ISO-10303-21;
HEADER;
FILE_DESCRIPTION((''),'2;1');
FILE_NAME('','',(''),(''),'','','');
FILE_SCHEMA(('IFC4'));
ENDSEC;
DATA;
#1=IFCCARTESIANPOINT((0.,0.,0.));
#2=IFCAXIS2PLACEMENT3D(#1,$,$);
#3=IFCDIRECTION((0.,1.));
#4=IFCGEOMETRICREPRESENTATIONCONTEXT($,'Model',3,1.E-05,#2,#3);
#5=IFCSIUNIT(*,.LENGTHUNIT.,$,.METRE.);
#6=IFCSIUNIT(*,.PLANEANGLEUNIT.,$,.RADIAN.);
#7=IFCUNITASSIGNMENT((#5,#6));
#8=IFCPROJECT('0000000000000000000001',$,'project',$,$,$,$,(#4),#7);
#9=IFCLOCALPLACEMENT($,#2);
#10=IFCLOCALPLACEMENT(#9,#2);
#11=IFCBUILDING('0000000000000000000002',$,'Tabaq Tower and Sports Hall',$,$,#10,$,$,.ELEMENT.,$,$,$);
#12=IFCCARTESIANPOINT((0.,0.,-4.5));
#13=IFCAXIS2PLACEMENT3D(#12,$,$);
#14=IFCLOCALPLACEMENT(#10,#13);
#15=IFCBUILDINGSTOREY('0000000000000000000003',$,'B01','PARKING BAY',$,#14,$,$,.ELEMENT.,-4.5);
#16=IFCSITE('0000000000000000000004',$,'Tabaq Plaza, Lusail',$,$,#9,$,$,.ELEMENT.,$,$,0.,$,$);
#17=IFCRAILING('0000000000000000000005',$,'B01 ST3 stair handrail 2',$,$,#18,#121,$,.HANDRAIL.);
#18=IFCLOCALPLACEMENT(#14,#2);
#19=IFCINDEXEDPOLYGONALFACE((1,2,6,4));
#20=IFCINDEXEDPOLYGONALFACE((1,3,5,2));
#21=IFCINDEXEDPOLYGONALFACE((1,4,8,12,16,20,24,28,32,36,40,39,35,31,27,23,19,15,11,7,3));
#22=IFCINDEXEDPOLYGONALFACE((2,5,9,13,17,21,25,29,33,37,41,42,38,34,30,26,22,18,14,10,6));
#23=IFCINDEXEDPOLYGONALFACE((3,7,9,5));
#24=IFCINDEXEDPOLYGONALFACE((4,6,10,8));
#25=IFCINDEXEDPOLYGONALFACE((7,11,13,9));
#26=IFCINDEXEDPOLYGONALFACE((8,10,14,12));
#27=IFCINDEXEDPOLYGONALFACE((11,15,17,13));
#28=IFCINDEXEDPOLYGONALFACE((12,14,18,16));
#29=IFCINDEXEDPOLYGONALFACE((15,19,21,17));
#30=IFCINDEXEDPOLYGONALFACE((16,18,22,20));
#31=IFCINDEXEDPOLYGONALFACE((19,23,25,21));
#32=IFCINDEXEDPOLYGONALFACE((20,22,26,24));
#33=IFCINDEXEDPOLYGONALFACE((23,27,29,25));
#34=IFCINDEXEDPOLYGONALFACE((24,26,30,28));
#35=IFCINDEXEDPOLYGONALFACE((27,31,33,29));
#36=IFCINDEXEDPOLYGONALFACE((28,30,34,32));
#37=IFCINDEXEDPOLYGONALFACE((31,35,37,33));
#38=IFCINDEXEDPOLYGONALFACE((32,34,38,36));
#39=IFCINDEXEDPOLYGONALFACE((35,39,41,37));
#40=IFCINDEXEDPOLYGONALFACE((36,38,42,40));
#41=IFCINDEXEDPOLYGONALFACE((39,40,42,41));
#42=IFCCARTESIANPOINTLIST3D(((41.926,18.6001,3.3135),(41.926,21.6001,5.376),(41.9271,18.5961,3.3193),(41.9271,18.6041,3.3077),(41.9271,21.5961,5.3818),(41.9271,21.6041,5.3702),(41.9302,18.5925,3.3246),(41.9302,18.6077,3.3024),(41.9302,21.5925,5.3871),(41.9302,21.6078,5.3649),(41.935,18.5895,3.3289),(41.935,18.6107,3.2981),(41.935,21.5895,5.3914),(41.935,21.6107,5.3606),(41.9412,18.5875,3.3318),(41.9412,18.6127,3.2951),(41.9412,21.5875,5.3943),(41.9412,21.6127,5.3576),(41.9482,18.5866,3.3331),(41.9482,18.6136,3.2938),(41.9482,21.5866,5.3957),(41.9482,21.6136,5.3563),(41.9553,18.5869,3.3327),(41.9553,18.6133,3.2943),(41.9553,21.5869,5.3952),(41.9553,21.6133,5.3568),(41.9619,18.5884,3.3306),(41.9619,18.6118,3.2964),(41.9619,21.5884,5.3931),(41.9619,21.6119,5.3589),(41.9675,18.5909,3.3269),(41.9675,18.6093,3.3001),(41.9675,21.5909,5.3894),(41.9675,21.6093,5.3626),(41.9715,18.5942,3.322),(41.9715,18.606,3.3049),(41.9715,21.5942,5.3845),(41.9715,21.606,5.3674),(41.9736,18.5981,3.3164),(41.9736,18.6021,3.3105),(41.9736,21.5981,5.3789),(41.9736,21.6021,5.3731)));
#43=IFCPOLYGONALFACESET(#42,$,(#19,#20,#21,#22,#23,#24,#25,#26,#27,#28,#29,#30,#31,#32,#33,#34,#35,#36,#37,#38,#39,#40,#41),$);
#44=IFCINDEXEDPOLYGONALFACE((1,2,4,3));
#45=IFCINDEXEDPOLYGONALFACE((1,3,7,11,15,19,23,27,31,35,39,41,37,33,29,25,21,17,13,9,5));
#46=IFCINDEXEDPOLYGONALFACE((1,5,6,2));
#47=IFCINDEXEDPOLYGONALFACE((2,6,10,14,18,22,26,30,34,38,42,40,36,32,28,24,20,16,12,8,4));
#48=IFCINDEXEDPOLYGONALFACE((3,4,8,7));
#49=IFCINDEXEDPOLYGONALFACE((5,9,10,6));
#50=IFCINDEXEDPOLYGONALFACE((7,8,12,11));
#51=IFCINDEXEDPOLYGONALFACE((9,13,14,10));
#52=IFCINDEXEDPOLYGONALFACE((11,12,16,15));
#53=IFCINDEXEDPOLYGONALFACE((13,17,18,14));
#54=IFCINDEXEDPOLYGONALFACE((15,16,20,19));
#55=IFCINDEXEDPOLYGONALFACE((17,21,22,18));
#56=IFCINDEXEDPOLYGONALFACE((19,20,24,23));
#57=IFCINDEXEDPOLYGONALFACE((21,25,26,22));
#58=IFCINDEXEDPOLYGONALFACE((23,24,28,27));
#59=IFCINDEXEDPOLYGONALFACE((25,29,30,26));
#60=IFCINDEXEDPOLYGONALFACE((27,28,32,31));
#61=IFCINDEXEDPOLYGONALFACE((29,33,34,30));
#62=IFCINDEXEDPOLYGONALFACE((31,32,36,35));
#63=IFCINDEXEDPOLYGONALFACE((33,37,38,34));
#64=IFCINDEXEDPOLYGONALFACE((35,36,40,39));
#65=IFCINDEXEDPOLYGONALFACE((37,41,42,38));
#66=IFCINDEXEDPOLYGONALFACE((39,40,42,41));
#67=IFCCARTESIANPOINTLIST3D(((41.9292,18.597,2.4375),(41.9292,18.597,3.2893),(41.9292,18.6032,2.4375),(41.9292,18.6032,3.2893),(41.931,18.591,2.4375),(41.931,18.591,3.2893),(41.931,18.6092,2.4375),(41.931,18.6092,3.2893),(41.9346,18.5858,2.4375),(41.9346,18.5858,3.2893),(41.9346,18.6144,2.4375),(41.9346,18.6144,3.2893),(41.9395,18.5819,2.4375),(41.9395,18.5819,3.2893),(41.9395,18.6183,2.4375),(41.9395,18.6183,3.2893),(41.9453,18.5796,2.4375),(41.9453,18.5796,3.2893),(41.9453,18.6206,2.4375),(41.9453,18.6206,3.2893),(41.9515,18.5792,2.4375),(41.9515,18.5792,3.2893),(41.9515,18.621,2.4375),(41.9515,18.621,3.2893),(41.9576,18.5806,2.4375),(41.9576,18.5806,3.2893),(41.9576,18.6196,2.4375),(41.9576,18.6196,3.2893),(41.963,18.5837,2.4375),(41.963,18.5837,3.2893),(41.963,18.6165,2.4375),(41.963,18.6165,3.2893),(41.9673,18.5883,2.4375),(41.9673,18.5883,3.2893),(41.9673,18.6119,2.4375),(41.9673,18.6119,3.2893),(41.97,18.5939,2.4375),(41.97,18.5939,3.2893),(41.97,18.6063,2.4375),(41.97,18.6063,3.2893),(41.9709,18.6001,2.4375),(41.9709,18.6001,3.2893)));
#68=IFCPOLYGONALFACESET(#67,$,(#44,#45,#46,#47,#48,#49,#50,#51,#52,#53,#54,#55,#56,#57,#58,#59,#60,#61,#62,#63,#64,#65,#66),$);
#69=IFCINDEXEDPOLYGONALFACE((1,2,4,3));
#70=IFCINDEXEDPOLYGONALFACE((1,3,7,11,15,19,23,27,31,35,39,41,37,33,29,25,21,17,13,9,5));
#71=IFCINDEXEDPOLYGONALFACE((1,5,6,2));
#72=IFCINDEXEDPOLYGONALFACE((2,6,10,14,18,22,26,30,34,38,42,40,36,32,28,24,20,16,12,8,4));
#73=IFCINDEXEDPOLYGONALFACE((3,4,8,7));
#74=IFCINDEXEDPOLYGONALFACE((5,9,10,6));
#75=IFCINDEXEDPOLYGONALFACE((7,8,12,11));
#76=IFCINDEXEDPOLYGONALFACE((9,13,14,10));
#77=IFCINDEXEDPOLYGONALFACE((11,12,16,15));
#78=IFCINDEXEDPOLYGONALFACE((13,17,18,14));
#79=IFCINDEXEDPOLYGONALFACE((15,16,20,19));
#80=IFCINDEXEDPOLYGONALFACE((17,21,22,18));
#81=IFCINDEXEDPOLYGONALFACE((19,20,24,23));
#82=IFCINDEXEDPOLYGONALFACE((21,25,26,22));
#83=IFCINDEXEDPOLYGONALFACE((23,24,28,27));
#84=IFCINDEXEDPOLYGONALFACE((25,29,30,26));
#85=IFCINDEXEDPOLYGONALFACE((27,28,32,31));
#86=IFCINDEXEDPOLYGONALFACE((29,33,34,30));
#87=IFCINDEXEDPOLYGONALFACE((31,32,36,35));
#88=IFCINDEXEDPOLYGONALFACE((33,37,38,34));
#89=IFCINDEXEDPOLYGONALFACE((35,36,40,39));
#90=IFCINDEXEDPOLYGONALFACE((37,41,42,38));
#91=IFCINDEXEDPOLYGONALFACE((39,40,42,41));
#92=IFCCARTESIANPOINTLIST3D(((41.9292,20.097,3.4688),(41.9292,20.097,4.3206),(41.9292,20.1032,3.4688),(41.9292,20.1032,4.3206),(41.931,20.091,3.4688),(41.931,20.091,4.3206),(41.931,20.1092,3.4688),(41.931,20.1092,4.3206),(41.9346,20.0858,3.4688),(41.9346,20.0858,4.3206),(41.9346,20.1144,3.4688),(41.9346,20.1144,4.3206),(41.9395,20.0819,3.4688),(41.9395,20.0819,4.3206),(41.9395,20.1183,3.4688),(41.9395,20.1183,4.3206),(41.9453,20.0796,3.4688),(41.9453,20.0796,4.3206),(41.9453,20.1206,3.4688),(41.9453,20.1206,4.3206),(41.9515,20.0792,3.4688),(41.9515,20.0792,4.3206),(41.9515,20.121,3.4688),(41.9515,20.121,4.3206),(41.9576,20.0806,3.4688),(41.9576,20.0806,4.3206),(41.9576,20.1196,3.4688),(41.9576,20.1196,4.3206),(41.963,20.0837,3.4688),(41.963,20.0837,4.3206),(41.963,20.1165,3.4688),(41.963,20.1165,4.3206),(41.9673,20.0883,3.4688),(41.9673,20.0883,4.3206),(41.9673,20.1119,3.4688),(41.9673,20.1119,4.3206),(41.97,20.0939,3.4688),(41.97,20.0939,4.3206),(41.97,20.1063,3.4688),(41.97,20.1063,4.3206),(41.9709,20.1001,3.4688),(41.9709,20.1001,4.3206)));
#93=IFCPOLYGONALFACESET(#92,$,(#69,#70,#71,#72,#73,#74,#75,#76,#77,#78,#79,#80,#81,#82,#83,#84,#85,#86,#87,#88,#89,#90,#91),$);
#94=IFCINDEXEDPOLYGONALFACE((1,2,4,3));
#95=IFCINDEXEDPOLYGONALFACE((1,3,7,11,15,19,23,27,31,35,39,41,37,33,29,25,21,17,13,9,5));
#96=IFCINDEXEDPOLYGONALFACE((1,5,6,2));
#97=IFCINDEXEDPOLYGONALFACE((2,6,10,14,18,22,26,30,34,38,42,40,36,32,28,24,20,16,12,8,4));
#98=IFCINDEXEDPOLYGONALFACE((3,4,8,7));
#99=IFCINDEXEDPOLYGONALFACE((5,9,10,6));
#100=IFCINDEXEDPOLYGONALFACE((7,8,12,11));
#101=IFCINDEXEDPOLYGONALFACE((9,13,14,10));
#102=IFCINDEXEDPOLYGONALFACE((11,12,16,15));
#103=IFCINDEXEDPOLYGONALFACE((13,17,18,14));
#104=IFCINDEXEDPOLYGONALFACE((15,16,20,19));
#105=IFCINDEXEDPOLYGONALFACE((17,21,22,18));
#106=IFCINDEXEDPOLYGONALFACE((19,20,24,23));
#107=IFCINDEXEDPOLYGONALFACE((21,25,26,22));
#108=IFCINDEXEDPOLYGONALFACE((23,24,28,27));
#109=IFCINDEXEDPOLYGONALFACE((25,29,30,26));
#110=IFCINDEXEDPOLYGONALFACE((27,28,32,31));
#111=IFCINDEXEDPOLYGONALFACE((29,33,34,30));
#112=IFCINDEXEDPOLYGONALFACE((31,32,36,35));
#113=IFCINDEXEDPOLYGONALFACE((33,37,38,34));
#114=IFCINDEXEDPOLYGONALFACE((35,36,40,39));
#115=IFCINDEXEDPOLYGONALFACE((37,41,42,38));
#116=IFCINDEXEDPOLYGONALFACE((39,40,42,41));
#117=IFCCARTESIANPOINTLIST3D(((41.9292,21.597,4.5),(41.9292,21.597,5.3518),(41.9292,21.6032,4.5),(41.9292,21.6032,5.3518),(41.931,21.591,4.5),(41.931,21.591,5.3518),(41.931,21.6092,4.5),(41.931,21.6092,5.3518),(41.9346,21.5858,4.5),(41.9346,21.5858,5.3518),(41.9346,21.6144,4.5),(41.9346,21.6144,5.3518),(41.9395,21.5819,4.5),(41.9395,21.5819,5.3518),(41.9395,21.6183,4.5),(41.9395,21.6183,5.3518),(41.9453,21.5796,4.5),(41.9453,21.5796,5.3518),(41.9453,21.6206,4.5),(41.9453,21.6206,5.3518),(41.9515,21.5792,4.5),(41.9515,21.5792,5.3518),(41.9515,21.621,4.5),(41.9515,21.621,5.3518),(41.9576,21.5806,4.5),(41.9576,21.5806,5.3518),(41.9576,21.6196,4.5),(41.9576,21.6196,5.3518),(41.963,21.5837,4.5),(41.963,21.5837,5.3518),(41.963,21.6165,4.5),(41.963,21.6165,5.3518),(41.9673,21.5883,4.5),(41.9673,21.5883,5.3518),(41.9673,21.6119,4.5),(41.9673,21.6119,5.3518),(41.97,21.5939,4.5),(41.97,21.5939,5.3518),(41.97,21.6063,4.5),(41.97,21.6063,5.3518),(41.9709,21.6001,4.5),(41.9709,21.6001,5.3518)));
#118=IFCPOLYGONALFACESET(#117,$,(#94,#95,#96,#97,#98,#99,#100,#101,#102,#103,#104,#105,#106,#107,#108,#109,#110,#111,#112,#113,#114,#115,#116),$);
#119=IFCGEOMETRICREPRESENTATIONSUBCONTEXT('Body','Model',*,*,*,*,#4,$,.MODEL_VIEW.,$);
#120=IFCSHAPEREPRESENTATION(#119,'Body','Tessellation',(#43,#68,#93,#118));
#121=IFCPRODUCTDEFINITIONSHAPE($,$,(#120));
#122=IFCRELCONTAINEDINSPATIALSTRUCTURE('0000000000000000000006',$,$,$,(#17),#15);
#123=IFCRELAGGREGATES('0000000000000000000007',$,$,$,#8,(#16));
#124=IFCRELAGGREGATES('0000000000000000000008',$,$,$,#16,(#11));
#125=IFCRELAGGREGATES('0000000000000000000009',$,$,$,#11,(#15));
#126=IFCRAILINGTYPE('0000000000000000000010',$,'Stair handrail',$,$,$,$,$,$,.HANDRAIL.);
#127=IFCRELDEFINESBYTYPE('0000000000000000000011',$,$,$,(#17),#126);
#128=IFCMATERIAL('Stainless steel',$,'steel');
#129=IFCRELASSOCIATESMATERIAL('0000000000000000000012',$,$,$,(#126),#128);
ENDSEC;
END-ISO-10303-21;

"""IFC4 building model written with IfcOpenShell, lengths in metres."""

from ifc_helpers import new_model, si_unit, direction, frame, origin, origin_2d, place, context, subcontext, project, spatial, circle, extrude, material, type_object, element, save


model = new_model("IFC4")

# Units and contexts
model_context = context("Model", 3, precision=1e-05, world=origin(), true_north=direction((0.0, 1.0)))
body_context = subcontext(model_context, "Body", "Model", "MODEL_VIEW")
ifc_project = project(units=[si_unit("LENGTHUNIT", "METRE"), si_unit("PLANEANGLEUNIT", "RADIAN")], contexts=[model_context])

# Site, building, storey
site_placement = place(None, origin())
site = spatial("IfcSite", under=ifc_project, at=site_placement, Name="Tabaq Plaza, Lusail", CompositionType="ELEMENT", RefElevation=0.0)
building_placement = place(site_placement, origin())
building = spatial("IfcBuilding", under=site, at=building_placement, Name="Tabaq Tower and Sports Hall", CompositionType="ELEMENT")
storey_placement = place(building_placement, frame((0.0, 0.0, -4.5)))
storey = spatial("IfcBuildingStorey", under=building, at=storey_placement, Name="B01", Description="PARKING BAY", CompositionType="ELEMENT", Elevation=-4.5)

# Railing
ifc_material_1 = material(Name="Stainless steel", Category="steel")
railing_type = type_object("IfcRailingType", Name="Stair handrail", PredefinedType="HANDRAIL", material=ifc_material_1)
railing_placement = place(storey_placement, frame((41.95, 18.6001, 2.4375)))
element("IfcRailing", 1, at=railing_placement, inside=storey, type_object=railing_type, Name="B01 ST3 stair handrail 2", PredefinedType="HANDRAIL", context=body_context, shape_type="SweptSolid", body=[
    extrude(circle(Radius=0.0239, at=origin_2d()), frame((0.0, 0.0, 0.876), z_axis=(0.0, 0.824042, 0.566529), x_axis=(-1.0, 0.0, 0.0)), (0.0, 0.0, 1.0), 3.6406),
    extrude(circle(Radius=0.021, at=origin_2d()), origin(), (0.0, 0.0, 1.0), 0.8518),
    extrude(circle(Radius=0.021, at=origin_2d()), frame((0.0, 1.5, 1.0312)), (0.0, 0.0, 1.0), 0.8518),
    extrude(circle(Radius=0.021, at=origin_2d()), frame((0.0, 3.0, 2.0625)), (0.0, 0.0, 1.0), 0.8518),
])

save(model, "model.ifc")
